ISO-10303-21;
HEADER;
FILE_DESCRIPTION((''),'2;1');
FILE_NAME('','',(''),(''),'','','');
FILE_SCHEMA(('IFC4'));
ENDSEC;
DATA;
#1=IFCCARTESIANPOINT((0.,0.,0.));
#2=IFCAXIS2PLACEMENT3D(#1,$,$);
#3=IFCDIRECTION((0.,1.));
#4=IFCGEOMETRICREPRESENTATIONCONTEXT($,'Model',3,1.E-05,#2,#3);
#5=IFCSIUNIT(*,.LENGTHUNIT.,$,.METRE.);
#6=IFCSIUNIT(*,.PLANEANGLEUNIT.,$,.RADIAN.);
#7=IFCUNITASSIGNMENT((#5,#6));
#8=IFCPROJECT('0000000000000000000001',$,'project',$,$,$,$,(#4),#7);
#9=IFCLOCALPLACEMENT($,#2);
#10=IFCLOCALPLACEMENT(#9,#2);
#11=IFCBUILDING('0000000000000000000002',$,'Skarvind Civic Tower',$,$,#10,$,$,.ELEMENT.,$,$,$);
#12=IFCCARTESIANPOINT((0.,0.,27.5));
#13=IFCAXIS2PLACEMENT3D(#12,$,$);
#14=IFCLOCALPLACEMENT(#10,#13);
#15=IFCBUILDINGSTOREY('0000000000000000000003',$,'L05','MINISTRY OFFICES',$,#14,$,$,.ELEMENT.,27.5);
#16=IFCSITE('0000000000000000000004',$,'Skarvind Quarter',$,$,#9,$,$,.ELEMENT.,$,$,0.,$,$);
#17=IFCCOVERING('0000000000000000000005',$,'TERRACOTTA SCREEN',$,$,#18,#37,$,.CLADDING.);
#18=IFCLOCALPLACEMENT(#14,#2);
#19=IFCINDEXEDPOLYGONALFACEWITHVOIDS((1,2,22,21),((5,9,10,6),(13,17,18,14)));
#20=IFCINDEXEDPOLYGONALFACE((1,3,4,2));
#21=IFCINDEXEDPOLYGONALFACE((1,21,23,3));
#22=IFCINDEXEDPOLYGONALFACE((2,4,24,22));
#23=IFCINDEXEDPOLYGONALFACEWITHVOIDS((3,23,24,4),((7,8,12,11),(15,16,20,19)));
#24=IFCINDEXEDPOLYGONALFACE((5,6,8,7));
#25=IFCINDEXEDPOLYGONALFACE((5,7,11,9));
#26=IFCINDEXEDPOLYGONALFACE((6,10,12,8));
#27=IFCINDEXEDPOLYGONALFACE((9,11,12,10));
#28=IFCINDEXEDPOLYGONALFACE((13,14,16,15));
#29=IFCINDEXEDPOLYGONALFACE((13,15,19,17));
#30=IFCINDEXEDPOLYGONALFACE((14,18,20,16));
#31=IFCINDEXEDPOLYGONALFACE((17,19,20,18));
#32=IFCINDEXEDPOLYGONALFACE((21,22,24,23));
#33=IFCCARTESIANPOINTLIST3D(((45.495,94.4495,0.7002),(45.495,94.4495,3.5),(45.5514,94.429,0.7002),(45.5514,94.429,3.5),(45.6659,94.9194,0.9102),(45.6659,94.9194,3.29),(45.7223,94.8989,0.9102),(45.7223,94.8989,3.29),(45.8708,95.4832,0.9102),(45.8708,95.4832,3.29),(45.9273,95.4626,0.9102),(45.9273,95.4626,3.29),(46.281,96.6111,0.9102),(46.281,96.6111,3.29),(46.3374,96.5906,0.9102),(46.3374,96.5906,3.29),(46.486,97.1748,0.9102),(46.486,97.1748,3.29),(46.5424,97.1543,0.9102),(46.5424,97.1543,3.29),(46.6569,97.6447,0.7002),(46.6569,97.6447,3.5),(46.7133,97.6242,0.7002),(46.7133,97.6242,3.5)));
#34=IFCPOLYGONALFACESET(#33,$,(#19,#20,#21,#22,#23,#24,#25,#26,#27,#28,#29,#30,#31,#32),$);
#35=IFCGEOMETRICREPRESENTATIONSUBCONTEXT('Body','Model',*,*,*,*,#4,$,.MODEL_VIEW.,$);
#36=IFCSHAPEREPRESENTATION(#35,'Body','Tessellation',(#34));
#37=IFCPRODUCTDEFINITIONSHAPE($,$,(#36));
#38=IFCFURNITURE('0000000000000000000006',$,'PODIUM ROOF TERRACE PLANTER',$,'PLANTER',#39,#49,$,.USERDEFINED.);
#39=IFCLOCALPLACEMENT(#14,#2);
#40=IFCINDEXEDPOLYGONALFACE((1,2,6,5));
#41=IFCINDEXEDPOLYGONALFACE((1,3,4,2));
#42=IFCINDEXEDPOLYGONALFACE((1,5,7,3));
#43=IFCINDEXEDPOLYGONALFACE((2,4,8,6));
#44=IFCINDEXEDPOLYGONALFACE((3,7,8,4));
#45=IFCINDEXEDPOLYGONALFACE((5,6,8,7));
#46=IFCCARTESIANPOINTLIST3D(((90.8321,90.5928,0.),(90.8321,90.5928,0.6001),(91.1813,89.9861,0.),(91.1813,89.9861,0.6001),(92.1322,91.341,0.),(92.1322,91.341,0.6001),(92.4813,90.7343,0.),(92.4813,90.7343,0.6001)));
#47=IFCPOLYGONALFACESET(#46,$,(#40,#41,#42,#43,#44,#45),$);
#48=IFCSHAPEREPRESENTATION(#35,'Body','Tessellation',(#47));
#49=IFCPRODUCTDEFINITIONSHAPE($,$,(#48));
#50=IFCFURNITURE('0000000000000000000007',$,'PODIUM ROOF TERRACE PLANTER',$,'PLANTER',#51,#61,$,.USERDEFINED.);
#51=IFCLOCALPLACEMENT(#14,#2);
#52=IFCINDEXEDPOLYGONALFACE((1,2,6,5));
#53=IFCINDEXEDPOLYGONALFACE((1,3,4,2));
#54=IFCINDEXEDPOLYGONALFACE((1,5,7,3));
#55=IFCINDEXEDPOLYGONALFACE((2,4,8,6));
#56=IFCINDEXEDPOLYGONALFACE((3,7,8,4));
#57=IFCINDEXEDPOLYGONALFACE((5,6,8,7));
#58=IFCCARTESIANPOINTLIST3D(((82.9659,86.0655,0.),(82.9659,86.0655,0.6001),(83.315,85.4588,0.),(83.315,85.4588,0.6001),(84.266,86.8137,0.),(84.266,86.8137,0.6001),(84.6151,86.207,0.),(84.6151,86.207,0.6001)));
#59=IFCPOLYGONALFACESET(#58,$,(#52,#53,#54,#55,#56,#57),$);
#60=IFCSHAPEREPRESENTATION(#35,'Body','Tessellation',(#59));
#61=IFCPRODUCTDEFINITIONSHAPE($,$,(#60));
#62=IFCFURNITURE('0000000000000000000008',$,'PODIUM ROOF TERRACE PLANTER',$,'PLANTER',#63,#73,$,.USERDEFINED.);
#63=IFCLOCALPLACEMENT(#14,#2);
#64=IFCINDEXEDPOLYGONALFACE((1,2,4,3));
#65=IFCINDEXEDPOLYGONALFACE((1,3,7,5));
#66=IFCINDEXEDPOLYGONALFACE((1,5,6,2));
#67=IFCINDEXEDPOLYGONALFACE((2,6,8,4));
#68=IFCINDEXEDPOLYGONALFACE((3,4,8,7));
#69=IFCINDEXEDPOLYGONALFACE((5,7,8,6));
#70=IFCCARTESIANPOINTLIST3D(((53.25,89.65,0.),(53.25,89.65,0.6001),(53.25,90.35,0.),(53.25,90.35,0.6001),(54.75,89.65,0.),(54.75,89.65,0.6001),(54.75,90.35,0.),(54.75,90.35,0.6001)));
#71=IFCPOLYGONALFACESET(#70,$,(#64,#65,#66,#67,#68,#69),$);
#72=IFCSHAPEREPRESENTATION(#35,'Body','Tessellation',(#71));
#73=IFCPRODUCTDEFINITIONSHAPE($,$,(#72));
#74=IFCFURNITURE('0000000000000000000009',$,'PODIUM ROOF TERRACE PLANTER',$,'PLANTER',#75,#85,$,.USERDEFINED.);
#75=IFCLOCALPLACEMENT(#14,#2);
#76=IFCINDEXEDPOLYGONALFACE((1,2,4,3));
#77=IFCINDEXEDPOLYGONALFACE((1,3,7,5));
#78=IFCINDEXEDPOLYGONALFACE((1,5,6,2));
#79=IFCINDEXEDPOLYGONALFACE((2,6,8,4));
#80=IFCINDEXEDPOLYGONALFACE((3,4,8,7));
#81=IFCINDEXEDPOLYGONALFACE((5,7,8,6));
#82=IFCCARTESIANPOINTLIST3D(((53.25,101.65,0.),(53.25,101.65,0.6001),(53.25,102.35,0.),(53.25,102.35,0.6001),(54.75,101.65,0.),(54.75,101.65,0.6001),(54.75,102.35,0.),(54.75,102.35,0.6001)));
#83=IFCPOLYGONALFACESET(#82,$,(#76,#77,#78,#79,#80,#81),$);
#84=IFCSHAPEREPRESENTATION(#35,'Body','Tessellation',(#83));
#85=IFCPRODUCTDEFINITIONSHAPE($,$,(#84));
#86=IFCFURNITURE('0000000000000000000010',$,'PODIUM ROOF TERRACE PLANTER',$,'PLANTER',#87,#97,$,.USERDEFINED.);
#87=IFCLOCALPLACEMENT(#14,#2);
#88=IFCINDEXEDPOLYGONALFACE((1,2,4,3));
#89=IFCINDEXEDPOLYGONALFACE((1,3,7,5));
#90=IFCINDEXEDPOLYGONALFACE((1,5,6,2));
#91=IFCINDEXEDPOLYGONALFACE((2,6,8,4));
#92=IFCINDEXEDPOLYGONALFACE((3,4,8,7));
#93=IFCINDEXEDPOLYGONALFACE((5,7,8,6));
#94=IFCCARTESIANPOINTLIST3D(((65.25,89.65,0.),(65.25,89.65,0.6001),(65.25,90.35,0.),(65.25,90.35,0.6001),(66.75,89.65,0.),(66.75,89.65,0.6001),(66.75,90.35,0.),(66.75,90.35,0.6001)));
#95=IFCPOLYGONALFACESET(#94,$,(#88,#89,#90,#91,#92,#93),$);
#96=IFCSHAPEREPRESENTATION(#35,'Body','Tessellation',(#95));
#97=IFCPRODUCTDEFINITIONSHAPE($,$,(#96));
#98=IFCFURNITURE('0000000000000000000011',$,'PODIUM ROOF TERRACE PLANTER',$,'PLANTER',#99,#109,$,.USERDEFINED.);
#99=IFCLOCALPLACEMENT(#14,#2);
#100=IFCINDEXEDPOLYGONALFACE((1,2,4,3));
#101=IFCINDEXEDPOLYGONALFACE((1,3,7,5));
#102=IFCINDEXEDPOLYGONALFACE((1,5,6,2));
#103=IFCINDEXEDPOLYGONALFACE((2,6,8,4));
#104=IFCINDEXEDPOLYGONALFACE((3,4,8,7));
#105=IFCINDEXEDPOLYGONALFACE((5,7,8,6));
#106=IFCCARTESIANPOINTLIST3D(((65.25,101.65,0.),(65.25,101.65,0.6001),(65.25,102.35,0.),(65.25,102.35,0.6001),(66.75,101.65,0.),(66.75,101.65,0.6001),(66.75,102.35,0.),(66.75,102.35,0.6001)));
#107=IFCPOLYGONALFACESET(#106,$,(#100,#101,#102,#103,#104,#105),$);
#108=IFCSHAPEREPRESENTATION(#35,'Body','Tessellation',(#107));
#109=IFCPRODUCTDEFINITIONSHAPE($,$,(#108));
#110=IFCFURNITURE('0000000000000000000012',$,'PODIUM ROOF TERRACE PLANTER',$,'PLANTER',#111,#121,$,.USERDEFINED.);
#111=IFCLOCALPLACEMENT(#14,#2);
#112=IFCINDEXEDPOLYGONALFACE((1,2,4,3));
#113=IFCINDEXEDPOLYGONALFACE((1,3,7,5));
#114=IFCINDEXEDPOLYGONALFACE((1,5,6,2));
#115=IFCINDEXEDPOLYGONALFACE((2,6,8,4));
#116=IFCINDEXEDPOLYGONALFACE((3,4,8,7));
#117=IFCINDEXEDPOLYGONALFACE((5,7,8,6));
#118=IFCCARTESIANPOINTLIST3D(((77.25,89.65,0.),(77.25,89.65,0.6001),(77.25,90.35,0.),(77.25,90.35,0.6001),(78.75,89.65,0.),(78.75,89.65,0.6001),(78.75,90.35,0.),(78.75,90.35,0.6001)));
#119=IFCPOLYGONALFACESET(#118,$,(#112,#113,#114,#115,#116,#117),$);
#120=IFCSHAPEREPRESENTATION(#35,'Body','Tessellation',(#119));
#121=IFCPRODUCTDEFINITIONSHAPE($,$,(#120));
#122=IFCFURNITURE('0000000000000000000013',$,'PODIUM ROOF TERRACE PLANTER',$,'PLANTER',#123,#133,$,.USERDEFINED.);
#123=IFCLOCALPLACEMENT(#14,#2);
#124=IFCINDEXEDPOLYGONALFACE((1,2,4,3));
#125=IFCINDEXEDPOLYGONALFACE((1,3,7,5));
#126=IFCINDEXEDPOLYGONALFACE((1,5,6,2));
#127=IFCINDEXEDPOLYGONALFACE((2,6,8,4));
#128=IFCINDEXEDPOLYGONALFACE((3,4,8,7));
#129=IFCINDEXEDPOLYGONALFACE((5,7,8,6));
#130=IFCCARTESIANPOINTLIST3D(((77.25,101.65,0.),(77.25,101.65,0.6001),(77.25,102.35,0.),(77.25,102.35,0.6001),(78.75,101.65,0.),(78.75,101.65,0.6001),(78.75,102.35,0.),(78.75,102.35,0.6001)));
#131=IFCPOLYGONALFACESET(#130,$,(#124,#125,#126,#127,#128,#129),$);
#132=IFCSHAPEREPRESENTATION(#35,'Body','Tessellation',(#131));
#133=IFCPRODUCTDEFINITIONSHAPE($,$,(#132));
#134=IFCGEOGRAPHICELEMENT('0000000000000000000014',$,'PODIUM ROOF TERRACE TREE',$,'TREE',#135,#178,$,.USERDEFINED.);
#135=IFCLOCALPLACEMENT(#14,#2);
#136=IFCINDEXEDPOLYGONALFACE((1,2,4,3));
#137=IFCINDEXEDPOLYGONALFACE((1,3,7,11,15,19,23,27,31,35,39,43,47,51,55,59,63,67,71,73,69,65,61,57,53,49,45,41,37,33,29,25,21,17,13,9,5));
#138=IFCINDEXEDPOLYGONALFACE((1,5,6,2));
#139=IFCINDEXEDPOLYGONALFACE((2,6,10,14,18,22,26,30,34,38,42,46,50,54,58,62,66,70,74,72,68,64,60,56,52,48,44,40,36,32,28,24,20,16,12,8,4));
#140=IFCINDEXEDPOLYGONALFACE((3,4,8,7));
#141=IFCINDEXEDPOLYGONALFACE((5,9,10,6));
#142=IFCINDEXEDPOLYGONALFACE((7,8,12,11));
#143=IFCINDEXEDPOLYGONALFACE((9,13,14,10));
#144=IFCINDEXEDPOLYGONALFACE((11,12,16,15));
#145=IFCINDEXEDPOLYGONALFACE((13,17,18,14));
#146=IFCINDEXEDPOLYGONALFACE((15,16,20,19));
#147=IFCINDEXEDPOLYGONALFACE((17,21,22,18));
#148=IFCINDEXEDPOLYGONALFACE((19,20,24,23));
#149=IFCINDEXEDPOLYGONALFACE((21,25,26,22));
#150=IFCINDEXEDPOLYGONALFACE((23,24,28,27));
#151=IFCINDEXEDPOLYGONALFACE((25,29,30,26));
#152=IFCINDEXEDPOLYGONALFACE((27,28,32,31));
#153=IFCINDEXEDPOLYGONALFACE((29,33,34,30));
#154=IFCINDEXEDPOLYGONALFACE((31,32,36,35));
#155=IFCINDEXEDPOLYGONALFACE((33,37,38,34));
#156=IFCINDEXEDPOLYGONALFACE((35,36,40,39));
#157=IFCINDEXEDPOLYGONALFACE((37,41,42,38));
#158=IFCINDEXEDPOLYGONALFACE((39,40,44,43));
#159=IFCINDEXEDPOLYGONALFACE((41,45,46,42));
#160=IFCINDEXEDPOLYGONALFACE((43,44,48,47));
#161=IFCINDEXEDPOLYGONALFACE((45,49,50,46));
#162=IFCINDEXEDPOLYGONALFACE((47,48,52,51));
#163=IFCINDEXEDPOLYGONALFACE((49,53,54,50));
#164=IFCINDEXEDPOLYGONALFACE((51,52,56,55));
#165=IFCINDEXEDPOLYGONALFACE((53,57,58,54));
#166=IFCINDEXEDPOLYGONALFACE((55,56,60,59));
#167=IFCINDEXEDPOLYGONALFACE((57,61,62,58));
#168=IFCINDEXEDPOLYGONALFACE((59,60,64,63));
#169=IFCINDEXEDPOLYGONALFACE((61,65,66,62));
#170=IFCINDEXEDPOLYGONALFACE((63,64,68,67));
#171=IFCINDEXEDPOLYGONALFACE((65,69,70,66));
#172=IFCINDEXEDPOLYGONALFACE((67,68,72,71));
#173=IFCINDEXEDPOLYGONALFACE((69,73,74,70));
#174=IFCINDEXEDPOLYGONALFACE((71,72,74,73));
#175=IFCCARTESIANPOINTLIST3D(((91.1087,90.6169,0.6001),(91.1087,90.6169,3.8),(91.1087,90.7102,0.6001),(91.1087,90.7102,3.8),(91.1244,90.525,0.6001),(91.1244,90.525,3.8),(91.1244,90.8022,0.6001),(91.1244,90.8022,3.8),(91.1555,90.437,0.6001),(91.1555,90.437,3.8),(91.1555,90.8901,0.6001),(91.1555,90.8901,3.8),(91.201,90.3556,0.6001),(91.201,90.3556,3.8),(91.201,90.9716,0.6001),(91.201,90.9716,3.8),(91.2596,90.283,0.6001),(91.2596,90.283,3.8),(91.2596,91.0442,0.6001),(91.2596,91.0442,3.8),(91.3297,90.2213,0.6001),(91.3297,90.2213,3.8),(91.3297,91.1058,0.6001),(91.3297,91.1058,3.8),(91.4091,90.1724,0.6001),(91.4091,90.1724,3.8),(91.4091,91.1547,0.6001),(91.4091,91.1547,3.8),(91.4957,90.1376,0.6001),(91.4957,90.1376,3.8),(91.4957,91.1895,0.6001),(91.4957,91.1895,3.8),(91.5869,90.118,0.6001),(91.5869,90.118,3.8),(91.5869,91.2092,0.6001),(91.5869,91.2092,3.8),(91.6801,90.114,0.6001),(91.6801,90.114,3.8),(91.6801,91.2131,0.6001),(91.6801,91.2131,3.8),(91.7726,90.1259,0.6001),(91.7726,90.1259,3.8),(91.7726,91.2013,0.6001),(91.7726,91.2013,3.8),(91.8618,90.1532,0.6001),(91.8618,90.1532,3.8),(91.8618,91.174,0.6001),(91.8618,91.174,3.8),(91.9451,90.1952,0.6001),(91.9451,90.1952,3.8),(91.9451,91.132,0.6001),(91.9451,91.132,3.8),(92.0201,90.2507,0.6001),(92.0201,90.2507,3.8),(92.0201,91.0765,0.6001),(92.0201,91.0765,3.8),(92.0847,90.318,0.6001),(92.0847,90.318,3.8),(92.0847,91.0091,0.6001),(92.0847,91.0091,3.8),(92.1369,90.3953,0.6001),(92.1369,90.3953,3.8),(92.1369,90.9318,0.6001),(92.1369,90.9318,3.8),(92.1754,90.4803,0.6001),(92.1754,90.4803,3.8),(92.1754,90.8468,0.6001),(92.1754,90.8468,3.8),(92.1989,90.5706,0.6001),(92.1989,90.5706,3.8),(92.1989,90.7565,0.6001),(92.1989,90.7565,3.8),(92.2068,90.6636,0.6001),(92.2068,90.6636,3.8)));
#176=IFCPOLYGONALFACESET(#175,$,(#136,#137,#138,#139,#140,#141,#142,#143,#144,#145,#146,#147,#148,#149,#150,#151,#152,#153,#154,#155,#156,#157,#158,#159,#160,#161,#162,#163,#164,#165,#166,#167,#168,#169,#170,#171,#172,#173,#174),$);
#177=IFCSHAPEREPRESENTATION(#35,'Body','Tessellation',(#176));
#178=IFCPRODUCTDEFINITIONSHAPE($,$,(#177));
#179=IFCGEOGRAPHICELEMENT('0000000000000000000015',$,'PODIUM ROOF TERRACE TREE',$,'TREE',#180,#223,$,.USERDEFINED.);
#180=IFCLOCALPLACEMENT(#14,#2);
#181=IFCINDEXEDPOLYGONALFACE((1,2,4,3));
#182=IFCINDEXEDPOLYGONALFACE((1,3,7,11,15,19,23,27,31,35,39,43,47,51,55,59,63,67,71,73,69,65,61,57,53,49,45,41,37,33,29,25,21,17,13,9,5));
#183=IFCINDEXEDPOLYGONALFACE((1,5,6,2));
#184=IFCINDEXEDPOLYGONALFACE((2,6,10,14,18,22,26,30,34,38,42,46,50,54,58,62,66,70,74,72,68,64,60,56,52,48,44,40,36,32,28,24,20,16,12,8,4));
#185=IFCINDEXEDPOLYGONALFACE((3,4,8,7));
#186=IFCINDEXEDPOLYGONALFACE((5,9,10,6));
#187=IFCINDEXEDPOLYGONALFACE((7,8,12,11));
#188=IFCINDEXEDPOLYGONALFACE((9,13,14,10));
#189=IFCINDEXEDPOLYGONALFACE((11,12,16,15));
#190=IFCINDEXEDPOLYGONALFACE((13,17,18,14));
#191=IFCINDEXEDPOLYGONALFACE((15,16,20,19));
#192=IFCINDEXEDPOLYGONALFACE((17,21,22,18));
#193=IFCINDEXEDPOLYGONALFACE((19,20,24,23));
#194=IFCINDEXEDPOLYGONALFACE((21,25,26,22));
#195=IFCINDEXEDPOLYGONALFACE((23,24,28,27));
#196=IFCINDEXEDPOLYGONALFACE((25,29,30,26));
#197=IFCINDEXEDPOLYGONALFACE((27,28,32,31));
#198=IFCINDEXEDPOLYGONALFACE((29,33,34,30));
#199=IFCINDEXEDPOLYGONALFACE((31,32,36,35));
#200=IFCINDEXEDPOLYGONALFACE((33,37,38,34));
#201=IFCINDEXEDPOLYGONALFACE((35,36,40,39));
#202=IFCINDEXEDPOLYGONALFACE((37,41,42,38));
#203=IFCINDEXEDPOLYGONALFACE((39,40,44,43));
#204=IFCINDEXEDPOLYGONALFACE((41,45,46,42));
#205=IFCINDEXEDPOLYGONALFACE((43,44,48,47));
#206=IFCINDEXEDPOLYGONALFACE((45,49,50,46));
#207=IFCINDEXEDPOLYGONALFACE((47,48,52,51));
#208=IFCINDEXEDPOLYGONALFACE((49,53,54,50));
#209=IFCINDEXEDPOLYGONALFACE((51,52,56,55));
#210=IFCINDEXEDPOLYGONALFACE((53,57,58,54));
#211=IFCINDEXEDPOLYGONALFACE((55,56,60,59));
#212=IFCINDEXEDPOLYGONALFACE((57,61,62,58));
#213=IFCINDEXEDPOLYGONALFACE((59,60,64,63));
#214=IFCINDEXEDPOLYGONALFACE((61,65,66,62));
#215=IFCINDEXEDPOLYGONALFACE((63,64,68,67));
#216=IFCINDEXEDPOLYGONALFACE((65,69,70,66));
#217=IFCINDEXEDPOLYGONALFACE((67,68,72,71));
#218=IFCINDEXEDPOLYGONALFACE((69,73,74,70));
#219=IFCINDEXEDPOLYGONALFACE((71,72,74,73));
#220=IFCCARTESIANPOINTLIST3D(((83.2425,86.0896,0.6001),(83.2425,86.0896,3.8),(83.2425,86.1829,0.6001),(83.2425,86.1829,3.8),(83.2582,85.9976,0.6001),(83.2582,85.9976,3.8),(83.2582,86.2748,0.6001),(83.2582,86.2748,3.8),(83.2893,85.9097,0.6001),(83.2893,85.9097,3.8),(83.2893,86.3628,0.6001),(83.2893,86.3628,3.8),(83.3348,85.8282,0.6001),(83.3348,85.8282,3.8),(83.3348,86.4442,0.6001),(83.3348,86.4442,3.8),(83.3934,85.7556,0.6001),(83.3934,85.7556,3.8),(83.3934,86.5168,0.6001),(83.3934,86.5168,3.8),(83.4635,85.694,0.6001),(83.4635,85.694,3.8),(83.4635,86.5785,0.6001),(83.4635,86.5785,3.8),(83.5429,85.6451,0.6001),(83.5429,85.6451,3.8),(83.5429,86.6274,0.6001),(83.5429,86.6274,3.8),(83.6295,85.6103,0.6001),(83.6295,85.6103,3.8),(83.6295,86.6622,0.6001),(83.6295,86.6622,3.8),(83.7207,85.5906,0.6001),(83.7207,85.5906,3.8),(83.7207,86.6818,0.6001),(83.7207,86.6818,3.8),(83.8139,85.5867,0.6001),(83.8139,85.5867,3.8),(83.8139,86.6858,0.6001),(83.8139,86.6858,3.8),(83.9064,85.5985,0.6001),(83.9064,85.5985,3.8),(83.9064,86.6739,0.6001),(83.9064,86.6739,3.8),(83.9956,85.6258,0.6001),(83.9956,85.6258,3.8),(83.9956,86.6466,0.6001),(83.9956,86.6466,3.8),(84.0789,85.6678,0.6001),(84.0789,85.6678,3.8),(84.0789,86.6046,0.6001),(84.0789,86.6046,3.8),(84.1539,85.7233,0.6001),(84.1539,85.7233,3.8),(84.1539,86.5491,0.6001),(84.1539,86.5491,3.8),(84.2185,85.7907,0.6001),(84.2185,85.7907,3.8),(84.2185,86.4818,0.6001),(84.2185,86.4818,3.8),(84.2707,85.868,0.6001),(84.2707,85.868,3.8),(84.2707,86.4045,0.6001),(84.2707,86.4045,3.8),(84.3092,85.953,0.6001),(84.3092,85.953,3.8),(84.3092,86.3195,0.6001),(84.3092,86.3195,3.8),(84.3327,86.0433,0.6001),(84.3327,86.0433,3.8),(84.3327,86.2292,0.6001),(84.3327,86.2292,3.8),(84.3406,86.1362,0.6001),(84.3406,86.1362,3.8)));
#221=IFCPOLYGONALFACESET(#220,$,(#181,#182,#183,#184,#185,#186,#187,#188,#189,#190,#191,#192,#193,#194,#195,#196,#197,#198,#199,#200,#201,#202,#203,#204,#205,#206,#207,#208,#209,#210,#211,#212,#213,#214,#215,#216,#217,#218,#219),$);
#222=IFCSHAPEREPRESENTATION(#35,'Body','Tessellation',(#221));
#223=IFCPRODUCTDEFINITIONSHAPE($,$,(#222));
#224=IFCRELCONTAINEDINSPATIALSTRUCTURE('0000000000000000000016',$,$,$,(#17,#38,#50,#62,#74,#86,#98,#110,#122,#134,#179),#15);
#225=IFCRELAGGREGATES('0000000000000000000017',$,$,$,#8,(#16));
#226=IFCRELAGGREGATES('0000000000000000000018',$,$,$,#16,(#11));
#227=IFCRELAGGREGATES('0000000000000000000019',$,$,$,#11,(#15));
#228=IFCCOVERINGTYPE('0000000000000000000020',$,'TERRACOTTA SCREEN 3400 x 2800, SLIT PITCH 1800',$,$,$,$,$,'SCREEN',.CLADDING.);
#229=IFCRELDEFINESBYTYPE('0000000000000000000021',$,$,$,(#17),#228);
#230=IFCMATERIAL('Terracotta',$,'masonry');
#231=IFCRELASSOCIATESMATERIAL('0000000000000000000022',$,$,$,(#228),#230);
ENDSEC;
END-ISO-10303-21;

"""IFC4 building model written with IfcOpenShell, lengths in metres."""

from ifc_helpers import new_model, si_unit, direction, frame, origin, origin_2d, place, context, subcontext, project, spatial, polyline, rectangle, circle, outline, extrude, material, material_profile, profile_set, type_object, element, save


model = new_model("IFC4")

# Units and contexts
model_context = context("Model", 3, precision=1e-05, world=origin(), true_north=direction((0.0, 1.0)))
body_context = subcontext(model_context, "Body", "Model", "MODEL_VIEW")
ifc_project = project(units=[si_unit("LENGTHUNIT", "METRE"), si_unit("PLANEANGLEUNIT", "RADIAN")], contexts=[model_context])

# Site, building, storey
site_placement = place(None, origin())
site = spatial("IfcSite", under=ifc_project, at=site_placement, Name="Skarvind Quarter", CompositionType="ELEMENT", RefElevation=0.0)
building_placement = place(site_placement, origin())
building = spatial("IfcBuilding", under=site, at=building_placement, Name="Skarvind Civic Tower", CompositionType="ELEMENT")
storey_placement = place(building_placement, frame((0.0, 0.0, 27.5)))
storey = spatial("IfcBuildingStorey", under=building, at=storey_placement, Name="L05", Description="MINISTRY OFFICES", CompositionType="ELEMENT", Elevation=27.5)

# Covering
ifc_material_1 = material(Name="Terracotta", Category="masonry")
ifc_material_profile_1 = material_profile(ifc_material_1, outline(polyline([(-1.7, -1.3999), (1.7, -1.3999), (1.7, 1.3999), (-1.7, 1.3999), (-1.7, -1.3999)]), holes=[polyline([(-1.2, -1.1899), (-0.6001, -1.1899), (-0.6001, 1.1899), (-1.2, 1.1899), (-1.2, -1.1899)]), polyline([(0.6001, -1.1899), (1.2, -1.1899), (1.2, 1.1899), (0.6001, 1.1899), (0.6001, -1.1899)])]), Name="TERRACOTTA SCREEN 3400 x 2800, SLIT PITCH 1800")
ifc_profile_set_1 = profile_set([ifc_material_profile_1], Name="Terracotta")
covering_type = type_object("IfcCoveringType", Name="TERRACOTTA SCREEN 3400 x 2800, SLIT PITCH 1800", ElementType="SCREEN", PredefinedType="CLADDING", material=ifc_profile_set_1)
covering_placement = place(storey_placement, frame((46.0759, 96.0471, 2.1001), z_axis=(0.939793, -0.341743, 0.0), x_axis=(0.341743, 0.939793, 0.0)))
element("IfcCovering", 1, at=covering_placement, inside=storey, type_object=covering_type, Name="TERRACOTTA SCREEN", PredefinedType="CLADDING", context=body_context, shape_type="SweptSolid", body=[
    extrude(outline(polyline([(-1.7, -1.3999), (1.7, -1.3999), (1.7, 1.3999), (-1.7, 1.3999), (-1.7, -1.3999)]), holes=[polyline([(-1.2, -1.1899), (-0.6001, -1.1899), (-0.6001, 1.1899), (-1.2, 1.1899), (-1.2, -1.1899)]), polyline([(0.6001, -1.1899), (1.2, -1.1899), (1.2, 1.1899), (0.6001, 1.1899), (0.6001, -1.1899)])]), origin(), (0.0, 0.0, 1.0), 0.0601),
])

# Furniture
for number, where, z_axis, x_axis, name in (
    (2, (91.6567, 90.6636, 0.0), (0.0, 0.0, 1.0), (-0.866723, -0.49879, 0.0), "PODIUM ROOF TERRACE PLANTER"),
    (3, (83.7905, 86.1362, 0.0), (0.0, 0.0, 1.0), (-0.866723, -0.49879, 0.0), "PODIUM ROOF TERRACE PLANTER"),
    (4, (54.0, 90.0, 0.0), (0.0, 0.0, 1.0), (1.0, 0.0, 0.0), "PODIUM ROOF TERRACE PLANTER"),
    (5, (54.0, 102.0, 0.0), (0.0, 0.0, 1.0), (1.0, 0.0, 0.0), "PODIUM ROOF TERRACE PLANTER"),
    (6, (66.0, 90.0, 0.0), (0.0, 0.0, 1.0), (1.0, 0.0, 0.0), "PODIUM ROOF TERRACE PLANTER"),
    (7, (66.0, 102.0, 0.0), (0.0, 0.0, 1.0), (1.0, 0.0, 0.0), "PODIUM ROOF TERRACE PLANTER"),
    (8, (78.0, 90.0, 0.0), (0.0, 0.0, 1.0), (1.0, 0.0, 0.0), "PODIUM ROOF TERRACE PLANTER"),
    (9, (78.0, 102.0, 0.0), (0.0, 0.0, 1.0), (1.0, 0.0, 0.0), "PODIUM ROOF TERRACE PLANTER"),
):
    element("IfcFurniture", number, at=place(storey_placement, frame(where, z_axis=z_axis, x_axis=x_axis)), inside=storey, Name=name, ObjectType="PLANTER", PredefinedType="USERDEFINED", context=body_context, shape_type="SweptSolid", body=[
        extrude(rectangle(XDim=1.5, YDim=0.7, at=origin_2d()), origin(), (0.0, 0.0, 1.0), 0.6001),
    ])

# Geographic elements
for number, where, z_axis, x_axis, name in (
    (10, (91.6567, 90.6636, 0.6001), (0.0, 0.0, 1.0), (1.0, 0.0, 0.0), "PODIUM ROOF TERRACE TREE"),
    (11, (83.7905, 86.1362, 0.6001), (0.0, 0.0, 1.0), (1.0, 0.0, 0.0), "PODIUM ROOF TERRACE TREE"),
):
    element("IfcGeographicElement", number, at=place(storey_placement, frame(where, z_axis=z_axis, x_axis=x_axis)), inside=storey, Name=name, ObjectType="TREE", PredefinedType="USERDEFINED", context=body_context, shape_type="SweptSolid", body=[
        extrude(circle(Radius=0.55, at=origin_2d()), origin(), (0.0, 0.0, 1.0), 3.2),
    ])

save(model, "model.ifc")
